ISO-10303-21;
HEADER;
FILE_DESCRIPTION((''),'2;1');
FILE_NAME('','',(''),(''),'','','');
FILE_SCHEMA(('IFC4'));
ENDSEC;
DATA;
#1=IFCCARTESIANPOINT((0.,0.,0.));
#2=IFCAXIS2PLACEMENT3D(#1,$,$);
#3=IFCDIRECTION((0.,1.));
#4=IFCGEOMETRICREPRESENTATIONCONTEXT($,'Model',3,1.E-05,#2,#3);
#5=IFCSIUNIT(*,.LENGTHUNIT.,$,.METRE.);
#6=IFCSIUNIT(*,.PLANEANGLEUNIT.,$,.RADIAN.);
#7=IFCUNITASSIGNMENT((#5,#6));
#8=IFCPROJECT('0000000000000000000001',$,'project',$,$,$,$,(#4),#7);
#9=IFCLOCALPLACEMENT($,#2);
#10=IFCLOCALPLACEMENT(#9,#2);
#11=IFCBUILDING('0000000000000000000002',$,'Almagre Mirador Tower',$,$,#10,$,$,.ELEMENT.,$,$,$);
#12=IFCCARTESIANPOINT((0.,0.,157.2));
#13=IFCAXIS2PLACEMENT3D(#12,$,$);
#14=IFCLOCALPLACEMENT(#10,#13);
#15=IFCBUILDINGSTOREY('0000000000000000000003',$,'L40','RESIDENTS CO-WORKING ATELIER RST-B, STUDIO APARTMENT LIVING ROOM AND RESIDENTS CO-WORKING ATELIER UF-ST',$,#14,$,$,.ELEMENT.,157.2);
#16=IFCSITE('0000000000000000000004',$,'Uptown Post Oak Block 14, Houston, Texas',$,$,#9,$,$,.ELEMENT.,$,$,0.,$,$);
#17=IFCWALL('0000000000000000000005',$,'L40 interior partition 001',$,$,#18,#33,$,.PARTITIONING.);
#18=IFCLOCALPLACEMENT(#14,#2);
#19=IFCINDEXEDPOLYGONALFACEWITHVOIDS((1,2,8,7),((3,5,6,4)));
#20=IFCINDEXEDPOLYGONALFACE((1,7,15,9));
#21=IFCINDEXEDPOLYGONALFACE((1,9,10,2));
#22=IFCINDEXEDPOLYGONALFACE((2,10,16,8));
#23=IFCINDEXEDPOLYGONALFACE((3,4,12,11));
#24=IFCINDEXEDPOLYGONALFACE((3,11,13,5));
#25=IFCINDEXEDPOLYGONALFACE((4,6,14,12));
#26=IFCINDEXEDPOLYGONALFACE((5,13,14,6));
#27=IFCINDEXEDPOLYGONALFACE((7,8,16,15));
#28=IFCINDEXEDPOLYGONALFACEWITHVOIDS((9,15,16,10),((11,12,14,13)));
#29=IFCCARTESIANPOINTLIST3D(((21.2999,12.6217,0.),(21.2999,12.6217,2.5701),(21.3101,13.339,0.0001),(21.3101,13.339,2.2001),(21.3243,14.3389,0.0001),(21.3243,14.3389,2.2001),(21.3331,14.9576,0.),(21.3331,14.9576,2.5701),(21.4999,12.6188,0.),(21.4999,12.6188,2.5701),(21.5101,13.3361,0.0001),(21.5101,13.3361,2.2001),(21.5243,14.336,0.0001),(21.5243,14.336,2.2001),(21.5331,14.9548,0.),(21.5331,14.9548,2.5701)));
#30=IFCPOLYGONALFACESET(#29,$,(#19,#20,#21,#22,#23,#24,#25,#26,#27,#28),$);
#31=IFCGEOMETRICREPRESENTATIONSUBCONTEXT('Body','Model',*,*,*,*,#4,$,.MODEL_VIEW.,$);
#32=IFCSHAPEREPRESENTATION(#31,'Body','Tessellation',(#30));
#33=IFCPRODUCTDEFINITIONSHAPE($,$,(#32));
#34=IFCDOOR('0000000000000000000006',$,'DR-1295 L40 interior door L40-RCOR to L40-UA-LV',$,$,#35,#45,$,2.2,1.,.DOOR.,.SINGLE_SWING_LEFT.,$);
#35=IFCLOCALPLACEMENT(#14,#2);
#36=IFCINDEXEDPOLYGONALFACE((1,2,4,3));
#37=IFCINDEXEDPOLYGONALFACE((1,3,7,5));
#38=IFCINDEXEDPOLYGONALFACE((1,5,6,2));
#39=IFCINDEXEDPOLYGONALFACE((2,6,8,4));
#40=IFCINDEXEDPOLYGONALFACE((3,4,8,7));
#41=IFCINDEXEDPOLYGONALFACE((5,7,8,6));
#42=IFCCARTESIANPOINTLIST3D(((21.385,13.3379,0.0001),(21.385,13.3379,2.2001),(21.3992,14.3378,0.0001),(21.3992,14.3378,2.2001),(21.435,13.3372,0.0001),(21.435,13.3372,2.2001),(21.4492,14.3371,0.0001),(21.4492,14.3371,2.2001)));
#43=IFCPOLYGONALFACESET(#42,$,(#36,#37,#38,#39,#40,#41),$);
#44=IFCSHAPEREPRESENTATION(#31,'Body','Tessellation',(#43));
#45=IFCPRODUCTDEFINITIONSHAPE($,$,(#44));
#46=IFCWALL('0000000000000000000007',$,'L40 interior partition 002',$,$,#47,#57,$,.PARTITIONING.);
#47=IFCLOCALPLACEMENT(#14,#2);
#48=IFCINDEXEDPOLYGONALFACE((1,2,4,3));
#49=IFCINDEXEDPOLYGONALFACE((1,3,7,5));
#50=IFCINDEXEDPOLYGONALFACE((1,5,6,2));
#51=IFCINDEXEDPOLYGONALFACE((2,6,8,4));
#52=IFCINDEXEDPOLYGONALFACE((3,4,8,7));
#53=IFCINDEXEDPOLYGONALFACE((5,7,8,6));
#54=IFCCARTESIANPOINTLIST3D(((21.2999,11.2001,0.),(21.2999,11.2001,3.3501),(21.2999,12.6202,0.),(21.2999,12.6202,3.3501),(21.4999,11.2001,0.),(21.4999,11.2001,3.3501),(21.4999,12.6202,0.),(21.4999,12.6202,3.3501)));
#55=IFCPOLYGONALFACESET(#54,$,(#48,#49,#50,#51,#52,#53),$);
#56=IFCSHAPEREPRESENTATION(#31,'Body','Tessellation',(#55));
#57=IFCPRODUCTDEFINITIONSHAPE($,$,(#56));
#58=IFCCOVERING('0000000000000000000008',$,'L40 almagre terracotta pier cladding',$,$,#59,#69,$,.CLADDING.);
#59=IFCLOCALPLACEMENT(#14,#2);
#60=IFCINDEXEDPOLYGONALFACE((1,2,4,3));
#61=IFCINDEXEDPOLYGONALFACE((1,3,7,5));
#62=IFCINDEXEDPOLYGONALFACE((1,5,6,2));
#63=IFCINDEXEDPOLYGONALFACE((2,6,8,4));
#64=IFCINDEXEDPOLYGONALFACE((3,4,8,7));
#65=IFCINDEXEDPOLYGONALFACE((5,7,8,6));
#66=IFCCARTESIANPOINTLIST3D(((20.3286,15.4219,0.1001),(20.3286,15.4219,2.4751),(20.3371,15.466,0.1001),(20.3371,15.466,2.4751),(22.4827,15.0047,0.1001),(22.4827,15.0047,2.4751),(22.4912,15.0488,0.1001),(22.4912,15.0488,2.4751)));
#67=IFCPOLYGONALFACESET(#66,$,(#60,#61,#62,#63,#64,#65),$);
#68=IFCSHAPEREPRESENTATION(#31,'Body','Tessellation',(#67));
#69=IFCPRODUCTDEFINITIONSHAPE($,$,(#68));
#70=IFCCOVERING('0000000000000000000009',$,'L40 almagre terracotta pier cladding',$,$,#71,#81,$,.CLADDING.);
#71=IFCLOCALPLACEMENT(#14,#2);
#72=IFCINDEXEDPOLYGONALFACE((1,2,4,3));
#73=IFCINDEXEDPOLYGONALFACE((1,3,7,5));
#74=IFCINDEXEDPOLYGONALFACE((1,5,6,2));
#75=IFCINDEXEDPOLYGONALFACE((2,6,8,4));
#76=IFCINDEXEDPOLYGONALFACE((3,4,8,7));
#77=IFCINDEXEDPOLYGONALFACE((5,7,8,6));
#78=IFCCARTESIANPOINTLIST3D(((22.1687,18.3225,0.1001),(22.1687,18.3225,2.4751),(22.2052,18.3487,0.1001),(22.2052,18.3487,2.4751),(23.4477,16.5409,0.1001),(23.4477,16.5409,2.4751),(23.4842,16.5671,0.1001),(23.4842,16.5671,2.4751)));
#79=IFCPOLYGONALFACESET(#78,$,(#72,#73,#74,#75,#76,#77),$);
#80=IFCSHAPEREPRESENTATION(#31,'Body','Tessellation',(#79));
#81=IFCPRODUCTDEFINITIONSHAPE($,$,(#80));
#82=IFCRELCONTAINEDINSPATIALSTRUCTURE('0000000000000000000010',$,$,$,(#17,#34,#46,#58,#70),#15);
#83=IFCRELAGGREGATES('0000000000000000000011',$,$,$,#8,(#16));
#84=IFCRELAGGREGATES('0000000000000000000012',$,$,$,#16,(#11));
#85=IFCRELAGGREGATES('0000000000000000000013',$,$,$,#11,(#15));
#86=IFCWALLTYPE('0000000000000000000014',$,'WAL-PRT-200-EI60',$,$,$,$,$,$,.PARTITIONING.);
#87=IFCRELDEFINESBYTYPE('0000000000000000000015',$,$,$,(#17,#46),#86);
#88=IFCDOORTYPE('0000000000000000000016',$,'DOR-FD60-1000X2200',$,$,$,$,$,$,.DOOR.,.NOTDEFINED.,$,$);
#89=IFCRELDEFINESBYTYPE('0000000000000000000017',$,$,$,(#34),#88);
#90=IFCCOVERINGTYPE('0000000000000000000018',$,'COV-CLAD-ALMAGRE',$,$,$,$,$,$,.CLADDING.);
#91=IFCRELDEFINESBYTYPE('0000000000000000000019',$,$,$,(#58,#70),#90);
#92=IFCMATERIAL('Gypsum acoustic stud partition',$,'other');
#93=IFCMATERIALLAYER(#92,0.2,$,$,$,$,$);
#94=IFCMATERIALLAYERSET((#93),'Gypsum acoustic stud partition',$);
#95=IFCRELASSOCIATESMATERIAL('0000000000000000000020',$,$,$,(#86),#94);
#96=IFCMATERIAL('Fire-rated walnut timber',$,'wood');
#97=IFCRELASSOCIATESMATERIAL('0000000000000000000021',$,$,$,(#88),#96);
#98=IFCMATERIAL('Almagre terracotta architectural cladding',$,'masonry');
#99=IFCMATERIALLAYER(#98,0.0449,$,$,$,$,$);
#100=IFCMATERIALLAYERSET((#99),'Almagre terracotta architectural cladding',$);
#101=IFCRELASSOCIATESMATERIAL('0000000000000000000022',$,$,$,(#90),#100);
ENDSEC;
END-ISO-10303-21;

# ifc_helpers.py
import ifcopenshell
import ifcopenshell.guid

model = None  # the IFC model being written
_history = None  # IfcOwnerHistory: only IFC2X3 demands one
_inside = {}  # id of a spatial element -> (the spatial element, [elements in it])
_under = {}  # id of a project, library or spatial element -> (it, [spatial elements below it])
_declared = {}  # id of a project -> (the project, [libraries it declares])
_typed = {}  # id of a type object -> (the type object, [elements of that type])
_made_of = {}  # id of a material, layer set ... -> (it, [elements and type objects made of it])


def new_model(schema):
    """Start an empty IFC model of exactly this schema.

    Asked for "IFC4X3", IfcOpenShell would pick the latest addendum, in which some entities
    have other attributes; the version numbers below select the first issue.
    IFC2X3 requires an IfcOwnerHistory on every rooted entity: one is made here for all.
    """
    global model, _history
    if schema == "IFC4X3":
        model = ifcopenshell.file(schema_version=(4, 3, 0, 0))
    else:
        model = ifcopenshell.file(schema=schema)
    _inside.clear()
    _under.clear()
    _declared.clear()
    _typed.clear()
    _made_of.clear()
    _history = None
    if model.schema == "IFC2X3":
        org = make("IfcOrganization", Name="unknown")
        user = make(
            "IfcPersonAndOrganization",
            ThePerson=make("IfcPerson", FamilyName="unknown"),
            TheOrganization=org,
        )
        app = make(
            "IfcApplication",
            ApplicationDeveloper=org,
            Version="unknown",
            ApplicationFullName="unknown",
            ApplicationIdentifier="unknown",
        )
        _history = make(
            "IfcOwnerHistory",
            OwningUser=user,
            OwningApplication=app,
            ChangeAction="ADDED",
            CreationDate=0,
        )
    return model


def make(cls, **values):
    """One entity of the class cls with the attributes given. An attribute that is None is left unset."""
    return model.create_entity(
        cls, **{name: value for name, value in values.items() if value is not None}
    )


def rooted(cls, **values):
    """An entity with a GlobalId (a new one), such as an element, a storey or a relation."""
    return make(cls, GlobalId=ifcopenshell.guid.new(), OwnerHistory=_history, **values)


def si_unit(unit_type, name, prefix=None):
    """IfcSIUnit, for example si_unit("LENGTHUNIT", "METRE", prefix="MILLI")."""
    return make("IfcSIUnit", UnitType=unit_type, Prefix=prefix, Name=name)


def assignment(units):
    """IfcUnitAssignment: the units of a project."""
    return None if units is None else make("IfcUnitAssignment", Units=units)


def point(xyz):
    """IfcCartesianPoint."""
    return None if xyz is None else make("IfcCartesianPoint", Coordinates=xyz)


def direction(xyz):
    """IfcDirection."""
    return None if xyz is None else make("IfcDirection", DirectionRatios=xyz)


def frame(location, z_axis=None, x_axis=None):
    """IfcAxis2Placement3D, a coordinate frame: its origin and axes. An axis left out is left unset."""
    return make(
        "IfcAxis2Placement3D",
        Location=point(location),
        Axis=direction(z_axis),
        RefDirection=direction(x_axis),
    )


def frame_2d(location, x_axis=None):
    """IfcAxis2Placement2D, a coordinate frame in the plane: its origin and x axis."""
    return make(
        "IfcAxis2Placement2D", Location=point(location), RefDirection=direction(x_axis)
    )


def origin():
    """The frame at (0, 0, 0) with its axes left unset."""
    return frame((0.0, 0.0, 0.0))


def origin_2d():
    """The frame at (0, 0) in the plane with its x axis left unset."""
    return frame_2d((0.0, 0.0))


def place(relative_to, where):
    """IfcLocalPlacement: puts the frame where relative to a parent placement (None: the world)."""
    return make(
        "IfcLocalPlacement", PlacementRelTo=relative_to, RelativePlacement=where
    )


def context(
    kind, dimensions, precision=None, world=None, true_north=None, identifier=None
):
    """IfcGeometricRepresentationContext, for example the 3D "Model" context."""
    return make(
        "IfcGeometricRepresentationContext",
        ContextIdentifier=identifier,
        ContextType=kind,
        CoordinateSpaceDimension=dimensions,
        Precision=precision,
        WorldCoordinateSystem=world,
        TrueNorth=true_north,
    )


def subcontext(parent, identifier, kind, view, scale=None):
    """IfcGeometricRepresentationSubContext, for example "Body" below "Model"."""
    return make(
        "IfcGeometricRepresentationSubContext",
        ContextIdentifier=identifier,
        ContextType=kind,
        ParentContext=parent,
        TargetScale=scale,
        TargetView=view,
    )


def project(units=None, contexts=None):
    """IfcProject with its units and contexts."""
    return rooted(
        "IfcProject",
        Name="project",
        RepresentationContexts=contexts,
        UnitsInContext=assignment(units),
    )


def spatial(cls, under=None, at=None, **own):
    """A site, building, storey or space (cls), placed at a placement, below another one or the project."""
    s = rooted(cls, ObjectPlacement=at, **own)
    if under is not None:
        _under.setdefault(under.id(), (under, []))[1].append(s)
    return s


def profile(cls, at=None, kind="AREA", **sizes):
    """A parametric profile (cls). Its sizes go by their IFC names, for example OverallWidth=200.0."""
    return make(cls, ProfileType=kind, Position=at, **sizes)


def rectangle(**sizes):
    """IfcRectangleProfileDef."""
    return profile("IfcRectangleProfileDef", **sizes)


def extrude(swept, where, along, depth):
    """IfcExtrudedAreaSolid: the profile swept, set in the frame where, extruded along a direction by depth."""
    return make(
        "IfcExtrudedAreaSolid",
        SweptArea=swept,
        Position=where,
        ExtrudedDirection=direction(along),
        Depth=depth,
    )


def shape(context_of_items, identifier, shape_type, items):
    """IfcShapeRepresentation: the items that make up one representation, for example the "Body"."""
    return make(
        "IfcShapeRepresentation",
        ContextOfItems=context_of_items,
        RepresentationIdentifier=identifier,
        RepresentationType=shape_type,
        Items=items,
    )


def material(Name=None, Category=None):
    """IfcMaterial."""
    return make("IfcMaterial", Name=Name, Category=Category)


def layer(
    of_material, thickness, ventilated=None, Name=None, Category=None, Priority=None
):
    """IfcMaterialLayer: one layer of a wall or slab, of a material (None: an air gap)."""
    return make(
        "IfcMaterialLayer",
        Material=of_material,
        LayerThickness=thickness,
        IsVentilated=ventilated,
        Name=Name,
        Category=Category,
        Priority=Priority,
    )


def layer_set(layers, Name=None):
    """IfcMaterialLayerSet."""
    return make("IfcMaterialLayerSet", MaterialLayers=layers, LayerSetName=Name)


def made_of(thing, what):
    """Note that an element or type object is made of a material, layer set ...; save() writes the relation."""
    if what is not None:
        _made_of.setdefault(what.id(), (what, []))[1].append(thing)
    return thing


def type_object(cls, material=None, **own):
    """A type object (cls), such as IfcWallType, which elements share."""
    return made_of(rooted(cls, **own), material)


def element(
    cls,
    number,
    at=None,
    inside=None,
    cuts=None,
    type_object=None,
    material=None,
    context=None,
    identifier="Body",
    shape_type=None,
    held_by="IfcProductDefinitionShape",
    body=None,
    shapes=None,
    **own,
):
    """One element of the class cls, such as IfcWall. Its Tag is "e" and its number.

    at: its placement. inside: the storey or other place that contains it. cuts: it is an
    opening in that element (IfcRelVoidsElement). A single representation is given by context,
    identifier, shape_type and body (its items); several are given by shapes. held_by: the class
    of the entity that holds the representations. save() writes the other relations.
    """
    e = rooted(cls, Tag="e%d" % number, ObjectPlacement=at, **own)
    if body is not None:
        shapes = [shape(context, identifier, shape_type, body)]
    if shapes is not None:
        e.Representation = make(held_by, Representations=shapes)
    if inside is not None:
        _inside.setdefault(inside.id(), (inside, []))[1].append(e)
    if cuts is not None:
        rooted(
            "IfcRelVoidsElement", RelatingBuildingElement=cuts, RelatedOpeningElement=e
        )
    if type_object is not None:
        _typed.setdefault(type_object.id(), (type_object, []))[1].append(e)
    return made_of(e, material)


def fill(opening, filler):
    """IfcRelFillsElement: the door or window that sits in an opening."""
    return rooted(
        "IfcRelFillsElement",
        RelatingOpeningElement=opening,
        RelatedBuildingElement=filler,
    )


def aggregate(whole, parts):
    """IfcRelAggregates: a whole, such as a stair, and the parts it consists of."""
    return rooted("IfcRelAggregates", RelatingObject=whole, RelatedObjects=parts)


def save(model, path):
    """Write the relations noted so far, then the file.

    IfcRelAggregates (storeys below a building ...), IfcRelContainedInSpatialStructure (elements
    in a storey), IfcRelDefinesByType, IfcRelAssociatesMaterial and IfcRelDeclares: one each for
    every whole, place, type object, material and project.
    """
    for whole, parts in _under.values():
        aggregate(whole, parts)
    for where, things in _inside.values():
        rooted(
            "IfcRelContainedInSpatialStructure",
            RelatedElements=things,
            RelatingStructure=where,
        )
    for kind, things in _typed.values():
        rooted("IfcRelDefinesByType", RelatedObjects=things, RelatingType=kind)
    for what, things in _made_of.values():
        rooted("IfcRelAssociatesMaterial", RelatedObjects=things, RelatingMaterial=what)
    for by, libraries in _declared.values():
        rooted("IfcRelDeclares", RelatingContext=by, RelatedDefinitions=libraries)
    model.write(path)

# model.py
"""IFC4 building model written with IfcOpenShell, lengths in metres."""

from ifc_helpers import new_model, si_unit, direction, frame, frame_2d, origin, origin_2d, place, context, subcontext, project, spatial, rectangle, extrude, material, layer, layer_set, type_object, element, fill, save


model = new_model("IFC4")

# Units and contexts
model_context = context("Model", 3, precision=1e-05, world=origin(), true_north=direction((0.0, 1.0)))
body_context = subcontext(model_context, "Body", "Model", "MODEL_VIEW")
ifc_project = project(units=[si_unit("LENGTHUNIT", "METRE"), si_unit("PLANEANGLEUNIT", "RADIAN")], contexts=[model_context])

# Site, building, storey
site_placement = place(None, origin())
site = spatial("IfcSite", under=ifc_project, at=site_placement, Name="Uptown Post Oak Block 14, Houston, Texas", CompositionType="ELEMENT", RefElevation=0.0)
building_placement = place(site_placement, origin())
building = spatial("IfcBuilding", under=site, at=building_placement, Name="Almagre Mirador Tower", CompositionType="ELEMENT")
storey_placement = place(building_placement, frame((0.0, 0.0, 157.2)))
storey = spatial("IfcBuildingStorey", under=building, at=storey_placement, Name="L40", Description="RESIDENTS CO-WORKING ATELIER RST-B, STUDIO APARTMENT LIVING ROOM AND RESIDENTS CO-WORKING ATELIER UF-ST", CompositionType="ELEMENT", Elevation=157.2)

# Wall, opening, door
ifc_material_1 = material(Name="Gypsum acoustic stud partition", Category="other")
ifc_layer_1 = layer(ifc_material_1, 0.2)
ifc_layer_set_1 = layer_set([ifc_layer_1], Name="Gypsum acoustic stud partition")
wall_type_1 = type_object("IfcWallType", Name="WAL-PRT-200-EI60", PredefinedType="PARTITIONING", material=ifc_layer_set_1)
wall_1_placement = place(storey_placement, frame((21.4331, 14.9561, 0.0), z_axis=(0.0, 0.0, 1.0), x_axis=(-0.014213, -0.999899, 0.0)))
wall_1 = element("IfcWall", 1, at=wall_1_placement, inside=storey, type_object=wall_type_1, Name="L40 interior partition 001", PredefinedType="PARTITIONING", context=body_context, shape_type="SweptSolid", body=[
    extrude(rectangle(XDim=2.3362, YDim=0.2, at=frame_2d((1.168, 0.0))), origin(), (0.0, 0.0, 1.0), 2.5701),
])
opening_placement = place(wall_1_placement, frame((0.6187, 0.0, 0.0)))
opening = element("IfcOpeningElement", 2, at=opening_placement, cuts=wall_1, PredefinedType="OPENING", context=body_context, shape_type="SweptSolid", body=[
    extrude(rectangle(XDim=1.0, YDim=2.2, at=frame_2d((0.5, 1.1001))), frame((0.0, 0.1101, 0.0), z_axis=(0.0, -1.0, 0.0), x_axis=(1.0, 0.0, 0.0)), (0.0, 0.0, 1.0), 0.22),
])
ifc_material_2 = material(Name="Fire-rated walnut timber", Category="wood")
door_type = type_object("IfcDoorType", Name="DOR-FD60-1000X2200", OperationType="NOTDEFINED", PredefinedType="DOOR", material=ifc_material_2)
door_placement = place(opening_placement, origin())
door = element("IfcDoor", 3, at=door_placement, inside=storey, type_object=door_type, Name="DR-1295 L40 interior door L40-RCOR to L40-UA-LV", OperationType="SINGLE_SWING_LEFT", OverallHeight=2.2, OverallWidth=1.0, PredefinedType="DOOR", context=body_context, shape_type="SweptSolid", body=[
    extrude(rectangle(XDim=1.0, YDim=2.2, at=frame_2d((0.5, 1.1001))), frame((0.0, 0.0249, 0.0), z_axis=(0.0, -1.0, 0.0), x_axis=(1.0, 0.0, 0.0)), (0.0, 0.0, 1.0), 0.05),
])
fill(opening, door)

# Wall
wall_2_placement = place(storey_placement, frame((21.3999, 12.6201, 0.0), z_axis=(0.0, 0.0, 1.0), x_axis=(0.0, -1.0, 0.0)))
element("IfcWall", 4, at=wall_2_placement, inside=storey, type_object=wall_type_1, Name="L40 interior partition 002", PredefinedType="PARTITIONING", context=body_context, shape_type="SweptSolid", body=[
    extrude(rectangle(XDim=1.4202, YDim=0.2, at=frame_2d((0.71, 0.0))), origin(), (0.0, 0.0, 1.0), 3.3501),
])

# Coverings
ifc_material_3 = material(Name="Almagre terracotta architectural cladding", Category="masonry")
ifc_layer_2 = layer(ifc_material_3, 0.0449)
ifc_layer_set_2 = layer_set([ifc_layer_2], Name="Almagre terracotta architectural cladding")
covering_type = type_object("IfcCoveringType", Name="COV-CLAD-ALMAGRE", PredefinedType="CLADDING", material=ifc_layer_set_2)
covering_1_placement = place(storey_placement, frame((21.4099, 15.2354, 0.1001), z_axis=(0.0, 0.0, 1.0), x_axis=(0.98176, -0.190124, 0.0)))
element("IfcCovering", 5, at=covering_1_placement, inside=storey, type_object=covering_type, Name="L40 almagre terracotta pier cladding", PredefinedType="CLADDING", context=body_context, shape_type="SweptSolid", body=[
    extrude(rectangle(XDim=2.1941, YDim=0.0449, at=origin_2d()), origin(), (0.0, 0.0, 1.0), 2.375),
])
covering_2_placement = place(storey_placement, frame((22.8264, 17.4448, 0.1001), z_axis=(0.0, 0.0, 1.0), x_axis=(-0.583187, 0.812338, 0.0)))
element("IfcCovering", 6, at=covering_2_placement, inside=storey, type_object=covering_type, Name="L40 almagre terracotta pier cladding", PredefinedType="CLADDING", context=body_context, shape_type="SweptSolid", body=[
    extrude(rectangle(XDim=2.1931, YDim=0.0449, at=origin_2d()), origin(), (0.0, 0.0, 1.0), 2.375),
])

save(model, "model.ifc")
